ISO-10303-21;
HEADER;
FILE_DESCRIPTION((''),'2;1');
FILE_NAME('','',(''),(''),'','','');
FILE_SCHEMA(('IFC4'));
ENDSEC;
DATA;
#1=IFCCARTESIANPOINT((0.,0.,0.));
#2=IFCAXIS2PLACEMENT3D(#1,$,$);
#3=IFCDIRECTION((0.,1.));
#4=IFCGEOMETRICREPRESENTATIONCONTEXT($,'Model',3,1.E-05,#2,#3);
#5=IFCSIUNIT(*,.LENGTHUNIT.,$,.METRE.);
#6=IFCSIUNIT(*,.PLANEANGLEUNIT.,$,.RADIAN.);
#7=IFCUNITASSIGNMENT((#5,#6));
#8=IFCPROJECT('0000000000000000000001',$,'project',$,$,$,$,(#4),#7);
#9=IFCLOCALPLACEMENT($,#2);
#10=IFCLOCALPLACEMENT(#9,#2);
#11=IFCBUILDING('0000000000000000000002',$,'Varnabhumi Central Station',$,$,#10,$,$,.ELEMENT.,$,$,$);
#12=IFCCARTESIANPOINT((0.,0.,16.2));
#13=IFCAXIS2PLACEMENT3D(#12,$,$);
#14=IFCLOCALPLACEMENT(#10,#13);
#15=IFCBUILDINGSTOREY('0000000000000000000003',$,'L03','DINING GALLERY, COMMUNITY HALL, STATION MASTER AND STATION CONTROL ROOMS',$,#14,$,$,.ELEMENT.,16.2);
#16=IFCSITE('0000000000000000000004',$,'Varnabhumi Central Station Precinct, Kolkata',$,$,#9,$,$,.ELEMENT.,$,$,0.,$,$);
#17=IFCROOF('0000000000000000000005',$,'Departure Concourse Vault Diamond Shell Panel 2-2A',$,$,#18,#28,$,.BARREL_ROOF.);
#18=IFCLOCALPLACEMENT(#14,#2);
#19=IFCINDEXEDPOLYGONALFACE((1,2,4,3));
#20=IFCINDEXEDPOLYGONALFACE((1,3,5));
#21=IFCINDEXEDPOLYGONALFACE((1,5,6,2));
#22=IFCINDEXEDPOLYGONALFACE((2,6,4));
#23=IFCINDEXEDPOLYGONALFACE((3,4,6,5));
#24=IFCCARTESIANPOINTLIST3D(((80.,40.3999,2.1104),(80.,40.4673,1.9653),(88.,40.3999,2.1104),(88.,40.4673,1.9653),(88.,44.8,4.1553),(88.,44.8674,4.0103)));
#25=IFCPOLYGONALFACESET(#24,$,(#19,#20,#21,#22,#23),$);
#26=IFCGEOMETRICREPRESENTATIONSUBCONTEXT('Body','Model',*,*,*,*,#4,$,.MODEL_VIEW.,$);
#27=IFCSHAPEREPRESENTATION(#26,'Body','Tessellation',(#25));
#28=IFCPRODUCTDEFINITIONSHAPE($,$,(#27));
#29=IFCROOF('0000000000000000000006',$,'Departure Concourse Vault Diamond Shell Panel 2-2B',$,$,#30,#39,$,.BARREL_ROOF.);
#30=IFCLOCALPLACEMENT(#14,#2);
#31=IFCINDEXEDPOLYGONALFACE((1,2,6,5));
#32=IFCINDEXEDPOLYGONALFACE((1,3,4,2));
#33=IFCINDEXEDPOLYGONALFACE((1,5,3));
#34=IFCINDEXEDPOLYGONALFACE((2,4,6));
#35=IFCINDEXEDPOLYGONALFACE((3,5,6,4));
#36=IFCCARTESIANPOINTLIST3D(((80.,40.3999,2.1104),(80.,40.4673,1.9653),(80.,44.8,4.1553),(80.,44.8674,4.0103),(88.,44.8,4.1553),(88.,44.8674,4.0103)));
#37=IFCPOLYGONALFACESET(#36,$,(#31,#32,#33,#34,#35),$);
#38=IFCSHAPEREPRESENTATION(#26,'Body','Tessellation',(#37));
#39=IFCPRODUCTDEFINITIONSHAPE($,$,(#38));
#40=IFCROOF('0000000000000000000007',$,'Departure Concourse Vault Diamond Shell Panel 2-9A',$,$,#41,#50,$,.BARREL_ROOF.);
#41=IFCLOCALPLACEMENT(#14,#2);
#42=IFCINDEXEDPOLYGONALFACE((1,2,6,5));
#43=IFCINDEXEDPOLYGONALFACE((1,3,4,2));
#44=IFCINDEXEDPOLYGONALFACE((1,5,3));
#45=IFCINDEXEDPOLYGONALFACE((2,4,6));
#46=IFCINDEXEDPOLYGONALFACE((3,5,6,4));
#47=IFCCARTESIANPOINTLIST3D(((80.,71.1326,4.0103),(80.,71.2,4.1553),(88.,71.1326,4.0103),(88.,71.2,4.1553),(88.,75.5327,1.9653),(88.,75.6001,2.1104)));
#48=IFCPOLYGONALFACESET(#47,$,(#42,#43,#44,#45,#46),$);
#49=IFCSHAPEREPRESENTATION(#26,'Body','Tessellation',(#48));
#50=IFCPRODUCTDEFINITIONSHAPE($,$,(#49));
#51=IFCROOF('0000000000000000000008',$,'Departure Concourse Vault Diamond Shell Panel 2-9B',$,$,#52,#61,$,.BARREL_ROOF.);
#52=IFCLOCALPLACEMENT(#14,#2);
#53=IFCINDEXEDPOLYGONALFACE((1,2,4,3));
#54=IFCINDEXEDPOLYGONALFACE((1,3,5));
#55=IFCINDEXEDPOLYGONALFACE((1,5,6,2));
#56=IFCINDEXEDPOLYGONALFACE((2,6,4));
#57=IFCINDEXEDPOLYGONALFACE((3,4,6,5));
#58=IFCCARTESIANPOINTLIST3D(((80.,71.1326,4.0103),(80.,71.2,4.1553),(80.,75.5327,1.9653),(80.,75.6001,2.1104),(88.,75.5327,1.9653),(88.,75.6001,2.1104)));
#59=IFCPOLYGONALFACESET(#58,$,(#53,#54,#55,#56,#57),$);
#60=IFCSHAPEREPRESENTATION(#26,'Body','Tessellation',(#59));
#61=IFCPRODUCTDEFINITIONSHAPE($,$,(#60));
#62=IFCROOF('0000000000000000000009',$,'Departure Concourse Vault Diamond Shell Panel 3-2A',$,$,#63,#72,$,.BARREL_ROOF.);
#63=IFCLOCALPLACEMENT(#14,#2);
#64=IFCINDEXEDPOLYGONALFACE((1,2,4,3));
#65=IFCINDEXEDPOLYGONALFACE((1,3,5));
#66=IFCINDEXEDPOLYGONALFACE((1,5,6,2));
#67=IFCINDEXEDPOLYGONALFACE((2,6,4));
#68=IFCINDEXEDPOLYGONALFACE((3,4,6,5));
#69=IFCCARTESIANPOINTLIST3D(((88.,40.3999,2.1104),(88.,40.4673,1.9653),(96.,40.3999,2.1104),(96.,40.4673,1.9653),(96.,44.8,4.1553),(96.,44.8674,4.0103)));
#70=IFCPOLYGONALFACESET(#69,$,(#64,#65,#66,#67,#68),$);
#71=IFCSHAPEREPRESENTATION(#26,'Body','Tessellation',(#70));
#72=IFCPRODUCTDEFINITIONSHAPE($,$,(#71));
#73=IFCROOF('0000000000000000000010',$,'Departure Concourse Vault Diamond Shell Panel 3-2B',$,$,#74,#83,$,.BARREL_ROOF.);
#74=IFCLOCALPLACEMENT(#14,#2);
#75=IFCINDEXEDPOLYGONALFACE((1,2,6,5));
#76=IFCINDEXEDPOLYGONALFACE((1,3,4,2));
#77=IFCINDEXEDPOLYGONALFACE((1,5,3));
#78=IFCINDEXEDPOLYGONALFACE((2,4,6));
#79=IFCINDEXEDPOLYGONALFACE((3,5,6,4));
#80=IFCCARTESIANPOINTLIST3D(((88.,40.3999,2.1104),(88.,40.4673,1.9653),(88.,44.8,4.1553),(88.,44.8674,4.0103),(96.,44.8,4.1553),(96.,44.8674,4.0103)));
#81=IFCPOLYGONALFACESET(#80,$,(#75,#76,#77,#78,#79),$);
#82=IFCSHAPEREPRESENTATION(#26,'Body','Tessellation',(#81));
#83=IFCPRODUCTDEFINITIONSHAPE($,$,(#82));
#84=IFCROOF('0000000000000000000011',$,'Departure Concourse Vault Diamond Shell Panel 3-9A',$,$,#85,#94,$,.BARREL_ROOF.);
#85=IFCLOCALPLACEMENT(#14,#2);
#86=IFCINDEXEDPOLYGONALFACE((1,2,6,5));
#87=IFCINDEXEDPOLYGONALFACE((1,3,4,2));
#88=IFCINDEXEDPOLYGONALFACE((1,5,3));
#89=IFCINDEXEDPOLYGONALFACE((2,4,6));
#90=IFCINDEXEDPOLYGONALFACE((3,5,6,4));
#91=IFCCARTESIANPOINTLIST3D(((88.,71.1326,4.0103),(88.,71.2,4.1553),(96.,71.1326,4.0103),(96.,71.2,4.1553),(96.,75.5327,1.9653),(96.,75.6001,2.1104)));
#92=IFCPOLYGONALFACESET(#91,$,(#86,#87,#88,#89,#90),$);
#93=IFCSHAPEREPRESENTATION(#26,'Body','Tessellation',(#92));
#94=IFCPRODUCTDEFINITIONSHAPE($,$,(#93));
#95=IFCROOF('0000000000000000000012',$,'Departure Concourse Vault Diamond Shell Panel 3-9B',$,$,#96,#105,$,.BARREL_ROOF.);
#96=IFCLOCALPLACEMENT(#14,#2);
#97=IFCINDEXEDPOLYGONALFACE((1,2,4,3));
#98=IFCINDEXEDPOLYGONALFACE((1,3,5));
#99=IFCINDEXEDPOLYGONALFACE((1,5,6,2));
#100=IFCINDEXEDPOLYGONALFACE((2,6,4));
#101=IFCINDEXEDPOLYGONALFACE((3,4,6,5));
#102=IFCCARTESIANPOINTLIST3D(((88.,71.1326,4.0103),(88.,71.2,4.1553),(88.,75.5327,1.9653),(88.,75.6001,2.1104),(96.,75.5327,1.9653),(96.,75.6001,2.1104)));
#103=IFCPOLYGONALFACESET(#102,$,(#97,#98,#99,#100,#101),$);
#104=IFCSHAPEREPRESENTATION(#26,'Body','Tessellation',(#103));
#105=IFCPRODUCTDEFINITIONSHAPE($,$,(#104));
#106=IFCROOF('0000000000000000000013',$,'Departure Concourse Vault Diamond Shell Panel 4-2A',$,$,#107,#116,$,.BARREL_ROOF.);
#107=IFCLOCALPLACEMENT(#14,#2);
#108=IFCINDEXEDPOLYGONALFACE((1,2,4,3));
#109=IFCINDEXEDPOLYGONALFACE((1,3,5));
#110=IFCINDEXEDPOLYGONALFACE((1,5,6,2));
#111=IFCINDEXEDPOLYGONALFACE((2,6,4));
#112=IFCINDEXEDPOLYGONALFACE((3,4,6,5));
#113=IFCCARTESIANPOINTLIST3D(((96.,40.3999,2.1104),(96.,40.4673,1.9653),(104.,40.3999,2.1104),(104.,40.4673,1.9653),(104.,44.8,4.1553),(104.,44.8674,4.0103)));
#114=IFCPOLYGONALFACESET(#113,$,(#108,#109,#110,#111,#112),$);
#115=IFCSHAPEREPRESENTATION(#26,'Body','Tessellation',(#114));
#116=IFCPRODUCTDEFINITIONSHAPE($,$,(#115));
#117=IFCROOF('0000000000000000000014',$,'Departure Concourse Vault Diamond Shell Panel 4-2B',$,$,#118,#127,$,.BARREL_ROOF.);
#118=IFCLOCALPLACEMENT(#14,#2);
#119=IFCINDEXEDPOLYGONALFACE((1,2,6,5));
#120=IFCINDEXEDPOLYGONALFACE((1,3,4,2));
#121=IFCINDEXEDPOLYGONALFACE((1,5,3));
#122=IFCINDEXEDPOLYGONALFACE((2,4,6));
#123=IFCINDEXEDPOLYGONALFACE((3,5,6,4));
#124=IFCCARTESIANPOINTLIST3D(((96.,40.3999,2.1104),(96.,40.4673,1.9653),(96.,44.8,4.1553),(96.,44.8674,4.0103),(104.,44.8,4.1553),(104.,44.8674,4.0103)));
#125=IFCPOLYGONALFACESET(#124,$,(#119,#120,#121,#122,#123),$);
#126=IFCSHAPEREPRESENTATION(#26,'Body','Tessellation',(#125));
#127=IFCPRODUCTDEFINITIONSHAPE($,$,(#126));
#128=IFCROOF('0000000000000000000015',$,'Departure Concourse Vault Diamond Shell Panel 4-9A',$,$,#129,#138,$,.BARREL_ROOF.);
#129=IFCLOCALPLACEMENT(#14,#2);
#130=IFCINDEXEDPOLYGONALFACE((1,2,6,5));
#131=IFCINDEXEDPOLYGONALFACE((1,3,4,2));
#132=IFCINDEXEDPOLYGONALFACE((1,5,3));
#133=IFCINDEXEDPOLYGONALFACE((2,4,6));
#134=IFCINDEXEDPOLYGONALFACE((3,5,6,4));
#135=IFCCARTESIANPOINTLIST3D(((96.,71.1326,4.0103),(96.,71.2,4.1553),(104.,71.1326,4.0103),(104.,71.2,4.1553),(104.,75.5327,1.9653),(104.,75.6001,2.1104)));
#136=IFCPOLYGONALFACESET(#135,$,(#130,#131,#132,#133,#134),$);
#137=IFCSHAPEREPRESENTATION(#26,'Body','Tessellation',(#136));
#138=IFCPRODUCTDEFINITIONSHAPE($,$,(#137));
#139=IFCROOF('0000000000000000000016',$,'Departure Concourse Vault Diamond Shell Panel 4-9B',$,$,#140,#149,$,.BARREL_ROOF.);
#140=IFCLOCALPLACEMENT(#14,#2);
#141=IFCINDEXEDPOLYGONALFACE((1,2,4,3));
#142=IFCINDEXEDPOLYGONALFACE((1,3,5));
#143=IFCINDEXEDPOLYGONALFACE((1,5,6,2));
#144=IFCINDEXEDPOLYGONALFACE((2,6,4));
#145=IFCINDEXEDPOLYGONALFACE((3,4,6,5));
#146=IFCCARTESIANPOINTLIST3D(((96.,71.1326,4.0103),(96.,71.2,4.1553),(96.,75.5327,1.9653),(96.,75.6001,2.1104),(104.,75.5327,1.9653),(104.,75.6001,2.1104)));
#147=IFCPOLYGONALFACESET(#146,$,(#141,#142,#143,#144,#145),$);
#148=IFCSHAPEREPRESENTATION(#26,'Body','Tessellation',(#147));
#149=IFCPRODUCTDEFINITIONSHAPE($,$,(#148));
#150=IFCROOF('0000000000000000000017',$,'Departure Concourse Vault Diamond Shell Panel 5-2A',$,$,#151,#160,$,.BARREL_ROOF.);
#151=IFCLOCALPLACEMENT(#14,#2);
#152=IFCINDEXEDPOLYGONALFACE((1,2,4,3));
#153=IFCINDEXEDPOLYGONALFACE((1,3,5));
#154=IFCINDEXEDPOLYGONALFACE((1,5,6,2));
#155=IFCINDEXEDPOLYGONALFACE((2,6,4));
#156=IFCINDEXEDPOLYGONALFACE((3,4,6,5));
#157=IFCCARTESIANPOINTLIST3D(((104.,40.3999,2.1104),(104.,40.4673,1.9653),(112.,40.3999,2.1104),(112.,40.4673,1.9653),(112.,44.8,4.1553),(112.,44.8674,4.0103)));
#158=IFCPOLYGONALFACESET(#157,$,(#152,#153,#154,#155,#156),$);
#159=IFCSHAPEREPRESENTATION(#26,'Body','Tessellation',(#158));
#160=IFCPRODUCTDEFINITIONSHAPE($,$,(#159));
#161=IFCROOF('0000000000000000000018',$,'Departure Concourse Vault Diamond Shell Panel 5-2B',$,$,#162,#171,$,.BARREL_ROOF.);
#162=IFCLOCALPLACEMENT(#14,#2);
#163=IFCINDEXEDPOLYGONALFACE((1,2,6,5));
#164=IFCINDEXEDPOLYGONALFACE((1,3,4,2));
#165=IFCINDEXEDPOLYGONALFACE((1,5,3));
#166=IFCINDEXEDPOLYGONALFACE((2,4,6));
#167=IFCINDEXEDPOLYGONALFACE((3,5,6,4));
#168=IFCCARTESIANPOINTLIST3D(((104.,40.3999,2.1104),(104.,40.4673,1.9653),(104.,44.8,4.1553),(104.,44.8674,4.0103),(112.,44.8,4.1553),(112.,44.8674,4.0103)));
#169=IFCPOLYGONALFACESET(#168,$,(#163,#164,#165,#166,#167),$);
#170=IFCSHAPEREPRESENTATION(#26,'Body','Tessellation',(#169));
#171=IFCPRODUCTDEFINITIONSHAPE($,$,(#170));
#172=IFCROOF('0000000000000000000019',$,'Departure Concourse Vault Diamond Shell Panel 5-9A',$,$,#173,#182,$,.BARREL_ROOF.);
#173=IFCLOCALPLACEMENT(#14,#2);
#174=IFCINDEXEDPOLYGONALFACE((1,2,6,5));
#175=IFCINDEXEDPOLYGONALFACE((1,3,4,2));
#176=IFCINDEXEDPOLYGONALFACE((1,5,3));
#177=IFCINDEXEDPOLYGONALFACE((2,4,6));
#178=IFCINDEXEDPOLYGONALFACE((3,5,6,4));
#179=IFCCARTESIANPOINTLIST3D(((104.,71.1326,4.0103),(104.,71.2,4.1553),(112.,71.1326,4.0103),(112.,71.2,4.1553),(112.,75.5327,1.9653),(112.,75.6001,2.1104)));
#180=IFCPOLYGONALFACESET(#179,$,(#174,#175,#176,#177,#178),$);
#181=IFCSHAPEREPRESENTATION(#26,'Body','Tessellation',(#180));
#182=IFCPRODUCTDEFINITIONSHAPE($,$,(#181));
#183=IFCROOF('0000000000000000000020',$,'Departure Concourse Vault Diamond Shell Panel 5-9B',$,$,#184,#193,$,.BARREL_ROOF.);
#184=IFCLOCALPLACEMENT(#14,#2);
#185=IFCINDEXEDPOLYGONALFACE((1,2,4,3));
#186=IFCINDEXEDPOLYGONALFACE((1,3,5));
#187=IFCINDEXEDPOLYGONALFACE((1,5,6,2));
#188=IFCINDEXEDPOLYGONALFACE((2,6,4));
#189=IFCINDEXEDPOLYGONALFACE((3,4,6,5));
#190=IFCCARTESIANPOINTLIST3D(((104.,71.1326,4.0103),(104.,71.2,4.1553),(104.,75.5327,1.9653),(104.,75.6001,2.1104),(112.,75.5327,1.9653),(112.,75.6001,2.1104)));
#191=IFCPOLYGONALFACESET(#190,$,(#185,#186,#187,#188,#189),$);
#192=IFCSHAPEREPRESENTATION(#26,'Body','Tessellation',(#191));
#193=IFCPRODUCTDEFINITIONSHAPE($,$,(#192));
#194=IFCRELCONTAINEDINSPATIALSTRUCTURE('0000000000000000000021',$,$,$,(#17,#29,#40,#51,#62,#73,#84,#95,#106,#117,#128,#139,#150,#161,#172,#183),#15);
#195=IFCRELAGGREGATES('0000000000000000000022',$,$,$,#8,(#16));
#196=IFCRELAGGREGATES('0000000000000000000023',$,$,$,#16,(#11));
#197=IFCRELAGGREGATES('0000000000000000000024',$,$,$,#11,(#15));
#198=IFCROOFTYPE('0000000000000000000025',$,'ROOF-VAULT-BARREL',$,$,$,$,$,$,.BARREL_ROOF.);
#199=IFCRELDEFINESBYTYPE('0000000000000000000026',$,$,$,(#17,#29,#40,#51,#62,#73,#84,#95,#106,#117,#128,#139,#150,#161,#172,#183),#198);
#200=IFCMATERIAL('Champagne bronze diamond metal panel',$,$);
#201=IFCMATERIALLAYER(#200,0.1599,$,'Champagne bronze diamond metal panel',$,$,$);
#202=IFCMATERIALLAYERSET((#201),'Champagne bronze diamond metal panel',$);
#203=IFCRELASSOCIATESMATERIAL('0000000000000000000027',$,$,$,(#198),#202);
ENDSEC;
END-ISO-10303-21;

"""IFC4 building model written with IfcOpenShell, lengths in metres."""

from ifc_helpers import new_model, si_unit, direction, frame, origin, place, context, subcontext, project, spatial, polyline, outline, extrude, material, layer, layer_set, type_object, element, save


model = new_model("IFC4")

# Units and contexts
model_context = context("Model", 3, precision=1e-05, world=origin(), true_north=direction((0.0, 1.0)))
body_context = subcontext(model_context, "Body", "Model", "MODEL_VIEW")
ifc_project = project(units=[si_unit("LENGTHUNIT", "METRE"), si_unit("PLANEANGLEUNIT", "RADIAN")], contexts=[model_context])

# Site, building, storey
site_placement = place(None, origin())
site = spatial("IfcSite", under=ifc_project, at=site_placement, Name="Varnabhumi Central Station Precinct, Kolkata", CompositionType="ELEMENT", RefElevation=0.0)
building_placement = place(site_placement, origin())
building = spatial("IfcBuilding", under=site, at=building_placement, Name="Varnabhumi Central Station", CompositionType="ELEMENT")
storey_placement = place(building_placement, frame((0.0, 0.0, 16.2)))
storey = spatial("IfcBuildingStorey", under=building, at=storey_placement, Name="L03", Description="DINING GALLERY, COMMUNITY HALL, STATION MASTER AND STATION CONTROL ROOMS", CompositionType="ELEMENT", Elevation=16.2)

# Roofs
ifc_material_1 = material(Name="Champagne bronze diamond metal panel")
ifc_layer_1 = layer(ifc_material_1, 0.1599, Name="Champagne bronze diamond metal panel")
ifc_layer_set_1 = layer_set([ifc_layer_1], Name="Champagne bronze diamond metal panel")
roof_type = type_object("IfcRoofType", Name="ROOF-VAULT-BARREL", PredefinedType="BARREL_ROOF", material=ifc_layer_set_1)
roof_1_placement = place(storey_placement, frame((80.0, 40.3999, 2.1104), z_axis=(0.0, -0.42145, 0.906852), x_axis=(1.0, 0.0, 0.0)))
element("IfcRoof", 1, at=roof_1_placement, inside=storey, type_object=roof_type, Name="Departure Concourse Vault Diamond Shell Panel 2-2A", PredefinedType="BARREL_ROOF", context=body_context, shape_type="SweptSolid", body=[
    extrude(outline(polyline([(0.0, 0.0), (8.0, 0.0), (8.0, 4.8521), (0.0, 0.0)])), origin(), (0.0, 0.0, -1.0), 0.1599),
])
roof_2_placement = place(storey_placement, frame((80.0, 40.3999, 2.1104), z_axis=(0.0, -0.42145, 0.906852), x_axis=(0.855026, 0.47028, 0.218558)))
element("IfcRoof", 2, at=roof_2_placement, inside=storey, type_object=roof_type, Name="Departure Concourse Vault Diamond Shell Panel 2-2B", PredefinedType="BARREL_ROOF", context=body_context, shape_type="SweptSolid", body=[
    extrude(outline(polyline([(0.0, 0.0), (9.3564, 0.0), (2.5162, 4.1487), (0.0, 0.0)])), origin(), (0.0, 0.0, -1.0), 0.1599),
])
roof_3_placement = place(storey_placement, frame((80.0, 71.2, 4.1553), z_axis=(0.0, 0.42145, 0.906852), x_axis=(1.0, 0.0, 0.0)))
element("IfcRoof", 3, at=roof_3_placement, inside=storey, type_object=roof_type, Name="Departure Concourse Vault Diamond Shell Panel 2-9A", PredefinedType="BARREL_ROOF", context=body_context, shape_type="SweptSolid", body=[
    extrude(outline(polyline([(0.0, 0.0), (8.0, 0.0), (8.0, 4.8521), (0.0, 0.0)])), origin(), (0.0, 0.0, -1.0), 0.1599),
])
roof_4_placement = place(storey_placement, frame((80.0, 71.2, 4.1553), z_axis=(0.0, 0.42145, 0.906852), x_axis=(0.855026, 0.47028, -0.218558)))
element("IfcRoof", 4, at=roof_4_placement, inside=storey, type_object=roof_type, Name="Departure Concourse Vault Diamond Shell Panel 2-9B", PredefinedType="BARREL_ROOF", context=body_context, shape_type="SweptSolid", body=[
    extrude(outline(polyline([(0.0, 0.0), (9.3564, 0.0), (2.5162, 4.1487), (0.0, 0.0)])), origin(), (0.0, 0.0, -1.0), 0.1599),
])
roof_5_placement = place(storey_placement, frame((88.0, 40.3999, 2.1104), z_axis=(0.0, -0.42145, 0.906852), x_axis=(1.0, 0.0, 0.0)))
element("IfcRoof", 5, at=roof_5_placement, inside=storey, type_object=roof_type, Name="Departure Concourse Vault Diamond Shell Panel 3-2A", PredefinedType="BARREL_ROOF", context=body_context, shape_type="SweptSolid", body=[
    extrude(outline(polyline([(0.0, 0.0), (8.0, 0.0), (8.0, 4.8521), (0.0, 0.0)])), origin(), (0.0, 0.0, -1.0), 0.1599),
])
roof_6_placement = place(storey_placement, frame((88.0, 40.3999, 2.1104), z_axis=(0.0, -0.42145, 0.906852), x_axis=(0.855026, 0.47028, 0.218558)))
element("IfcRoof", 6, at=roof_6_placement, inside=storey, type_object=roof_type, Name="Departure Concourse Vault Diamond Shell Panel 3-2B", PredefinedType="BARREL_ROOF", context=body_context, shape_type="SweptSolid", body=[
    extrude(outline(polyline([(0.0, 0.0), (9.3564, 0.0), (2.5162, 4.1487), (0.0, 0.0)])), origin(), (0.0, 0.0, -1.0), 0.1599),
])
roof_7_placement = place(storey_placement, frame((88.0, 71.2, 4.1553), z_axis=(0.0, 0.42145, 0.906852), x_axis=(1.0, 0.0, 0.0)))
element("IfcRoof", 7, at=roof_7_placement, inside=storey, type_object=roof_type, Name="Departure Concourse Vault Diamond Shell Panel 3-9A", PredefinedType="BARREL_ROOF", context=body_context, shape_type="SweptSolid", body=[
    extrude(outline(polyline([(0.0, 0.0), (8.0, 0.0), (8.0, 4.8521), (0.0, 0.0)])), origin(), (0.0, 0.0, -1.0), 0.1599),
])
roof_8_placement = place(storey_placement, frame((88.0, 71.2, 4.1553), z_axis=(0.0, 0.42145, 0.906852), x_axis=(0.855026, 0.47028, -0.218558)))
element("IfcRoof", 8, at=roof_8_placement, inside=storey, type_object=roof_type, Name="Departure Concourse Vault Diamond Shell Panel 3-9B", PredefinedType="BARREL_ROOF", context=body_context, shape_type="SweptSolid", body=[
    extrude(outline(polyline([(0.0, 0.0), (9.3564, 0.0), (2.5162, 4.1487), (0.0, 0.0)])), origin(), (0.0, 0.0, -1.0), 0.1599),
])
roof_9_placement = place(storey_placement, frame((96.0, 40.3999, 2.1104), z_axis=(0.0, -0.42145, 0.906852), x_axis=(1.0, 0.0, 0.0)))
element("IfcRoof", 9, at=roof_9_placement, inside=storey, type_object=roof_type, Name="Departure Concourse Vault Diamond Shell Panel 4-2A", PredefinedType="BARREL_ROOF", context=body_context, shape_type="SweptSolid", body=[
    extrude(outline(polyline([(0.0, 0.0), (8.0, 0.0), (8.0, 4.8521), (0.0, 0.0)])), origin(), (0.0, 0.0, -1.0), 0.1599),
])
roof_10_placement = place(storey_placement, frame((96.0, 40.3999, 2.1104), z_axis=(0.0, -0.42145, 0.906852), x_axis=(0.855026, 0.47028, 0.218558)))
element("IfcRoof", 10, at=roof_10_placement, inside=storey, type_object=roof_type, Name="Departure Concourse Vault Diamond Shell Panel 4-2B", PredefinedType="BARREL_ROOF", context=body_context, shape_type="SweptSolid", body=[
    extrude(outline(polyline([(0.0, 0.0), (9.3564, 0.0), (2.5162, 4.1487), (0.0, 0.0)])), origin(), (0.0, 0.0, -1.0), 0.1599),
])
roof_11_placement = place(storey_placement, frame((96.0, 71.2, 4.1553), z_axis=(0.0, 0.42145, 0.906852), x_axis=(1.0, 0.0, 0.0)))
element("IfcRoof", 11, at=roof_11_placement, inside=storey, type_object=roof_type, Name="Departure Concourse Vault Diamond Shell Panel 4-9A", PredefinedType="BARREL_ROOF", context=body_context, shape_type="SweptSolid", body=[
    extrude(outline(polyline([(0.0, 0.0), (8.0, 0.0), (8.0, 4.8521), (0.0, 0.0)])), origin(), (0.0, 0.0, -1.0), 0.1599),
])
roof_12_placement = place(storey_placement, frame((96.0, 71.2, 4.1553), z_axis=(0.0, 0.42145, 0.906852), x_axis=(0.855026, 0.47028, -0.218558)))
element("IfcRoof", 12, at=roof_12_placement, inside=storey, type_object=roof_type, Name="Departure Concourse Vault Diamond Shell Panel 4-9B", PredefinedType="BARREL_ROOF", context=body_context, shape_type="SweptSolid", body=[
    extrude(outline(polyline([(0.0, 0.0), (9.3564, 0.0), (2.5162, 4.1487), (0.0, 0.0)])), origin(), (0.0, 0.0, -1.0), 0.1599),
])
roof_13_placement = place(storey_placement, frame((104.0, 40.3999, 2.1104), z_axis=(0.0, -0.42145, 0.906852), x_axis=(1.0, 0.0, 0.0)))
element("IfcRoof", 13, at=roof_13_placement, inside=storey, type_object=roof_type, Name="Departure Concourse Vault Diamond Shell Panel 5-2A", PredefinedType="BARREL_ROOF", context=body_context, shape_type="SweptSolid", body=[
    extrude(outline(polyline([(0.0, 0.0), (8.0, 0.0), (8.0, 4.8521), (0.0, 0.0)])), origin(), (0.0, 0.0, -1.0), 0.1599),
])
roof_14_placement = place(storey_placement, frame((104.0, 40.3999, 2.1104), z_axis=(0.0, -0.42145, 0.906852), x_axis=(0.855026, 0.47028, 0.218558)))
element("IfcRoof", 14, at=roof_14_placement, inside=storey, type_object=roof_type, Name="Departure Concourse Vault Diamond Shell Panel 5-2B", PredefinedType="BARREL_ROOF", context=body_context, shape_type="SweptSolid", body=[
    extrude(outline(polyline([(0.0, 0.0), (9.3564, 0.0), (2.5162, 4.1487), (0.0, 0.0)])), origin(), (0.0, 0.0, -1.0), 0.1599),
])
roof_15_placement = place(storey_placement, frame((104.0, 71.2, 4.1553), z_axis=(0.0, 0.42145, 0.906852), x_axis=(1.0, 0.0, 0.0)))
element("IfcRoof", 15, at=roof_15_placement, inside=storey, type_object=roof_type, Name="Departure Concourse Vault Diamond Shell Panel 5-9A", PredefinedType="BARREL_ROOF", context=body_context, shape_type="SweptSolid", body=[
    extrude(outline(polyline([(0.0, 0.0), (8.0, 0.0), (8.0, 4.8521), (0.0, 0.0)])), origin(), (0.0, 0.0, -1.0), 0.1599),
])
roof_16_placement = place(storey_placement, frame((104.0, 71.2, 4.1553), z_axis=(0.0, 0.42145, 0.906852), x_axis=(0.855026, 0.47028, -0.218558)))
element("IfcRoof", 16, at=roof_16_placement, inside=storey, type_object=roof_type, Name="Departure Concourse Vault Diamond Shell Panel 5-9B", PredefinedType="BARREL_ROOF", context=body_context, shape_type="SweptSolid", body=[
    extrude(outline(polyline([(0.0, 0.0), (9.3564, 0.0), (2.5162, 4.1487), (0.0, 0.0)])), origin(), (0.0, 0.0, -1.0), 0.1599),
])

save(model, "model.ifc")
